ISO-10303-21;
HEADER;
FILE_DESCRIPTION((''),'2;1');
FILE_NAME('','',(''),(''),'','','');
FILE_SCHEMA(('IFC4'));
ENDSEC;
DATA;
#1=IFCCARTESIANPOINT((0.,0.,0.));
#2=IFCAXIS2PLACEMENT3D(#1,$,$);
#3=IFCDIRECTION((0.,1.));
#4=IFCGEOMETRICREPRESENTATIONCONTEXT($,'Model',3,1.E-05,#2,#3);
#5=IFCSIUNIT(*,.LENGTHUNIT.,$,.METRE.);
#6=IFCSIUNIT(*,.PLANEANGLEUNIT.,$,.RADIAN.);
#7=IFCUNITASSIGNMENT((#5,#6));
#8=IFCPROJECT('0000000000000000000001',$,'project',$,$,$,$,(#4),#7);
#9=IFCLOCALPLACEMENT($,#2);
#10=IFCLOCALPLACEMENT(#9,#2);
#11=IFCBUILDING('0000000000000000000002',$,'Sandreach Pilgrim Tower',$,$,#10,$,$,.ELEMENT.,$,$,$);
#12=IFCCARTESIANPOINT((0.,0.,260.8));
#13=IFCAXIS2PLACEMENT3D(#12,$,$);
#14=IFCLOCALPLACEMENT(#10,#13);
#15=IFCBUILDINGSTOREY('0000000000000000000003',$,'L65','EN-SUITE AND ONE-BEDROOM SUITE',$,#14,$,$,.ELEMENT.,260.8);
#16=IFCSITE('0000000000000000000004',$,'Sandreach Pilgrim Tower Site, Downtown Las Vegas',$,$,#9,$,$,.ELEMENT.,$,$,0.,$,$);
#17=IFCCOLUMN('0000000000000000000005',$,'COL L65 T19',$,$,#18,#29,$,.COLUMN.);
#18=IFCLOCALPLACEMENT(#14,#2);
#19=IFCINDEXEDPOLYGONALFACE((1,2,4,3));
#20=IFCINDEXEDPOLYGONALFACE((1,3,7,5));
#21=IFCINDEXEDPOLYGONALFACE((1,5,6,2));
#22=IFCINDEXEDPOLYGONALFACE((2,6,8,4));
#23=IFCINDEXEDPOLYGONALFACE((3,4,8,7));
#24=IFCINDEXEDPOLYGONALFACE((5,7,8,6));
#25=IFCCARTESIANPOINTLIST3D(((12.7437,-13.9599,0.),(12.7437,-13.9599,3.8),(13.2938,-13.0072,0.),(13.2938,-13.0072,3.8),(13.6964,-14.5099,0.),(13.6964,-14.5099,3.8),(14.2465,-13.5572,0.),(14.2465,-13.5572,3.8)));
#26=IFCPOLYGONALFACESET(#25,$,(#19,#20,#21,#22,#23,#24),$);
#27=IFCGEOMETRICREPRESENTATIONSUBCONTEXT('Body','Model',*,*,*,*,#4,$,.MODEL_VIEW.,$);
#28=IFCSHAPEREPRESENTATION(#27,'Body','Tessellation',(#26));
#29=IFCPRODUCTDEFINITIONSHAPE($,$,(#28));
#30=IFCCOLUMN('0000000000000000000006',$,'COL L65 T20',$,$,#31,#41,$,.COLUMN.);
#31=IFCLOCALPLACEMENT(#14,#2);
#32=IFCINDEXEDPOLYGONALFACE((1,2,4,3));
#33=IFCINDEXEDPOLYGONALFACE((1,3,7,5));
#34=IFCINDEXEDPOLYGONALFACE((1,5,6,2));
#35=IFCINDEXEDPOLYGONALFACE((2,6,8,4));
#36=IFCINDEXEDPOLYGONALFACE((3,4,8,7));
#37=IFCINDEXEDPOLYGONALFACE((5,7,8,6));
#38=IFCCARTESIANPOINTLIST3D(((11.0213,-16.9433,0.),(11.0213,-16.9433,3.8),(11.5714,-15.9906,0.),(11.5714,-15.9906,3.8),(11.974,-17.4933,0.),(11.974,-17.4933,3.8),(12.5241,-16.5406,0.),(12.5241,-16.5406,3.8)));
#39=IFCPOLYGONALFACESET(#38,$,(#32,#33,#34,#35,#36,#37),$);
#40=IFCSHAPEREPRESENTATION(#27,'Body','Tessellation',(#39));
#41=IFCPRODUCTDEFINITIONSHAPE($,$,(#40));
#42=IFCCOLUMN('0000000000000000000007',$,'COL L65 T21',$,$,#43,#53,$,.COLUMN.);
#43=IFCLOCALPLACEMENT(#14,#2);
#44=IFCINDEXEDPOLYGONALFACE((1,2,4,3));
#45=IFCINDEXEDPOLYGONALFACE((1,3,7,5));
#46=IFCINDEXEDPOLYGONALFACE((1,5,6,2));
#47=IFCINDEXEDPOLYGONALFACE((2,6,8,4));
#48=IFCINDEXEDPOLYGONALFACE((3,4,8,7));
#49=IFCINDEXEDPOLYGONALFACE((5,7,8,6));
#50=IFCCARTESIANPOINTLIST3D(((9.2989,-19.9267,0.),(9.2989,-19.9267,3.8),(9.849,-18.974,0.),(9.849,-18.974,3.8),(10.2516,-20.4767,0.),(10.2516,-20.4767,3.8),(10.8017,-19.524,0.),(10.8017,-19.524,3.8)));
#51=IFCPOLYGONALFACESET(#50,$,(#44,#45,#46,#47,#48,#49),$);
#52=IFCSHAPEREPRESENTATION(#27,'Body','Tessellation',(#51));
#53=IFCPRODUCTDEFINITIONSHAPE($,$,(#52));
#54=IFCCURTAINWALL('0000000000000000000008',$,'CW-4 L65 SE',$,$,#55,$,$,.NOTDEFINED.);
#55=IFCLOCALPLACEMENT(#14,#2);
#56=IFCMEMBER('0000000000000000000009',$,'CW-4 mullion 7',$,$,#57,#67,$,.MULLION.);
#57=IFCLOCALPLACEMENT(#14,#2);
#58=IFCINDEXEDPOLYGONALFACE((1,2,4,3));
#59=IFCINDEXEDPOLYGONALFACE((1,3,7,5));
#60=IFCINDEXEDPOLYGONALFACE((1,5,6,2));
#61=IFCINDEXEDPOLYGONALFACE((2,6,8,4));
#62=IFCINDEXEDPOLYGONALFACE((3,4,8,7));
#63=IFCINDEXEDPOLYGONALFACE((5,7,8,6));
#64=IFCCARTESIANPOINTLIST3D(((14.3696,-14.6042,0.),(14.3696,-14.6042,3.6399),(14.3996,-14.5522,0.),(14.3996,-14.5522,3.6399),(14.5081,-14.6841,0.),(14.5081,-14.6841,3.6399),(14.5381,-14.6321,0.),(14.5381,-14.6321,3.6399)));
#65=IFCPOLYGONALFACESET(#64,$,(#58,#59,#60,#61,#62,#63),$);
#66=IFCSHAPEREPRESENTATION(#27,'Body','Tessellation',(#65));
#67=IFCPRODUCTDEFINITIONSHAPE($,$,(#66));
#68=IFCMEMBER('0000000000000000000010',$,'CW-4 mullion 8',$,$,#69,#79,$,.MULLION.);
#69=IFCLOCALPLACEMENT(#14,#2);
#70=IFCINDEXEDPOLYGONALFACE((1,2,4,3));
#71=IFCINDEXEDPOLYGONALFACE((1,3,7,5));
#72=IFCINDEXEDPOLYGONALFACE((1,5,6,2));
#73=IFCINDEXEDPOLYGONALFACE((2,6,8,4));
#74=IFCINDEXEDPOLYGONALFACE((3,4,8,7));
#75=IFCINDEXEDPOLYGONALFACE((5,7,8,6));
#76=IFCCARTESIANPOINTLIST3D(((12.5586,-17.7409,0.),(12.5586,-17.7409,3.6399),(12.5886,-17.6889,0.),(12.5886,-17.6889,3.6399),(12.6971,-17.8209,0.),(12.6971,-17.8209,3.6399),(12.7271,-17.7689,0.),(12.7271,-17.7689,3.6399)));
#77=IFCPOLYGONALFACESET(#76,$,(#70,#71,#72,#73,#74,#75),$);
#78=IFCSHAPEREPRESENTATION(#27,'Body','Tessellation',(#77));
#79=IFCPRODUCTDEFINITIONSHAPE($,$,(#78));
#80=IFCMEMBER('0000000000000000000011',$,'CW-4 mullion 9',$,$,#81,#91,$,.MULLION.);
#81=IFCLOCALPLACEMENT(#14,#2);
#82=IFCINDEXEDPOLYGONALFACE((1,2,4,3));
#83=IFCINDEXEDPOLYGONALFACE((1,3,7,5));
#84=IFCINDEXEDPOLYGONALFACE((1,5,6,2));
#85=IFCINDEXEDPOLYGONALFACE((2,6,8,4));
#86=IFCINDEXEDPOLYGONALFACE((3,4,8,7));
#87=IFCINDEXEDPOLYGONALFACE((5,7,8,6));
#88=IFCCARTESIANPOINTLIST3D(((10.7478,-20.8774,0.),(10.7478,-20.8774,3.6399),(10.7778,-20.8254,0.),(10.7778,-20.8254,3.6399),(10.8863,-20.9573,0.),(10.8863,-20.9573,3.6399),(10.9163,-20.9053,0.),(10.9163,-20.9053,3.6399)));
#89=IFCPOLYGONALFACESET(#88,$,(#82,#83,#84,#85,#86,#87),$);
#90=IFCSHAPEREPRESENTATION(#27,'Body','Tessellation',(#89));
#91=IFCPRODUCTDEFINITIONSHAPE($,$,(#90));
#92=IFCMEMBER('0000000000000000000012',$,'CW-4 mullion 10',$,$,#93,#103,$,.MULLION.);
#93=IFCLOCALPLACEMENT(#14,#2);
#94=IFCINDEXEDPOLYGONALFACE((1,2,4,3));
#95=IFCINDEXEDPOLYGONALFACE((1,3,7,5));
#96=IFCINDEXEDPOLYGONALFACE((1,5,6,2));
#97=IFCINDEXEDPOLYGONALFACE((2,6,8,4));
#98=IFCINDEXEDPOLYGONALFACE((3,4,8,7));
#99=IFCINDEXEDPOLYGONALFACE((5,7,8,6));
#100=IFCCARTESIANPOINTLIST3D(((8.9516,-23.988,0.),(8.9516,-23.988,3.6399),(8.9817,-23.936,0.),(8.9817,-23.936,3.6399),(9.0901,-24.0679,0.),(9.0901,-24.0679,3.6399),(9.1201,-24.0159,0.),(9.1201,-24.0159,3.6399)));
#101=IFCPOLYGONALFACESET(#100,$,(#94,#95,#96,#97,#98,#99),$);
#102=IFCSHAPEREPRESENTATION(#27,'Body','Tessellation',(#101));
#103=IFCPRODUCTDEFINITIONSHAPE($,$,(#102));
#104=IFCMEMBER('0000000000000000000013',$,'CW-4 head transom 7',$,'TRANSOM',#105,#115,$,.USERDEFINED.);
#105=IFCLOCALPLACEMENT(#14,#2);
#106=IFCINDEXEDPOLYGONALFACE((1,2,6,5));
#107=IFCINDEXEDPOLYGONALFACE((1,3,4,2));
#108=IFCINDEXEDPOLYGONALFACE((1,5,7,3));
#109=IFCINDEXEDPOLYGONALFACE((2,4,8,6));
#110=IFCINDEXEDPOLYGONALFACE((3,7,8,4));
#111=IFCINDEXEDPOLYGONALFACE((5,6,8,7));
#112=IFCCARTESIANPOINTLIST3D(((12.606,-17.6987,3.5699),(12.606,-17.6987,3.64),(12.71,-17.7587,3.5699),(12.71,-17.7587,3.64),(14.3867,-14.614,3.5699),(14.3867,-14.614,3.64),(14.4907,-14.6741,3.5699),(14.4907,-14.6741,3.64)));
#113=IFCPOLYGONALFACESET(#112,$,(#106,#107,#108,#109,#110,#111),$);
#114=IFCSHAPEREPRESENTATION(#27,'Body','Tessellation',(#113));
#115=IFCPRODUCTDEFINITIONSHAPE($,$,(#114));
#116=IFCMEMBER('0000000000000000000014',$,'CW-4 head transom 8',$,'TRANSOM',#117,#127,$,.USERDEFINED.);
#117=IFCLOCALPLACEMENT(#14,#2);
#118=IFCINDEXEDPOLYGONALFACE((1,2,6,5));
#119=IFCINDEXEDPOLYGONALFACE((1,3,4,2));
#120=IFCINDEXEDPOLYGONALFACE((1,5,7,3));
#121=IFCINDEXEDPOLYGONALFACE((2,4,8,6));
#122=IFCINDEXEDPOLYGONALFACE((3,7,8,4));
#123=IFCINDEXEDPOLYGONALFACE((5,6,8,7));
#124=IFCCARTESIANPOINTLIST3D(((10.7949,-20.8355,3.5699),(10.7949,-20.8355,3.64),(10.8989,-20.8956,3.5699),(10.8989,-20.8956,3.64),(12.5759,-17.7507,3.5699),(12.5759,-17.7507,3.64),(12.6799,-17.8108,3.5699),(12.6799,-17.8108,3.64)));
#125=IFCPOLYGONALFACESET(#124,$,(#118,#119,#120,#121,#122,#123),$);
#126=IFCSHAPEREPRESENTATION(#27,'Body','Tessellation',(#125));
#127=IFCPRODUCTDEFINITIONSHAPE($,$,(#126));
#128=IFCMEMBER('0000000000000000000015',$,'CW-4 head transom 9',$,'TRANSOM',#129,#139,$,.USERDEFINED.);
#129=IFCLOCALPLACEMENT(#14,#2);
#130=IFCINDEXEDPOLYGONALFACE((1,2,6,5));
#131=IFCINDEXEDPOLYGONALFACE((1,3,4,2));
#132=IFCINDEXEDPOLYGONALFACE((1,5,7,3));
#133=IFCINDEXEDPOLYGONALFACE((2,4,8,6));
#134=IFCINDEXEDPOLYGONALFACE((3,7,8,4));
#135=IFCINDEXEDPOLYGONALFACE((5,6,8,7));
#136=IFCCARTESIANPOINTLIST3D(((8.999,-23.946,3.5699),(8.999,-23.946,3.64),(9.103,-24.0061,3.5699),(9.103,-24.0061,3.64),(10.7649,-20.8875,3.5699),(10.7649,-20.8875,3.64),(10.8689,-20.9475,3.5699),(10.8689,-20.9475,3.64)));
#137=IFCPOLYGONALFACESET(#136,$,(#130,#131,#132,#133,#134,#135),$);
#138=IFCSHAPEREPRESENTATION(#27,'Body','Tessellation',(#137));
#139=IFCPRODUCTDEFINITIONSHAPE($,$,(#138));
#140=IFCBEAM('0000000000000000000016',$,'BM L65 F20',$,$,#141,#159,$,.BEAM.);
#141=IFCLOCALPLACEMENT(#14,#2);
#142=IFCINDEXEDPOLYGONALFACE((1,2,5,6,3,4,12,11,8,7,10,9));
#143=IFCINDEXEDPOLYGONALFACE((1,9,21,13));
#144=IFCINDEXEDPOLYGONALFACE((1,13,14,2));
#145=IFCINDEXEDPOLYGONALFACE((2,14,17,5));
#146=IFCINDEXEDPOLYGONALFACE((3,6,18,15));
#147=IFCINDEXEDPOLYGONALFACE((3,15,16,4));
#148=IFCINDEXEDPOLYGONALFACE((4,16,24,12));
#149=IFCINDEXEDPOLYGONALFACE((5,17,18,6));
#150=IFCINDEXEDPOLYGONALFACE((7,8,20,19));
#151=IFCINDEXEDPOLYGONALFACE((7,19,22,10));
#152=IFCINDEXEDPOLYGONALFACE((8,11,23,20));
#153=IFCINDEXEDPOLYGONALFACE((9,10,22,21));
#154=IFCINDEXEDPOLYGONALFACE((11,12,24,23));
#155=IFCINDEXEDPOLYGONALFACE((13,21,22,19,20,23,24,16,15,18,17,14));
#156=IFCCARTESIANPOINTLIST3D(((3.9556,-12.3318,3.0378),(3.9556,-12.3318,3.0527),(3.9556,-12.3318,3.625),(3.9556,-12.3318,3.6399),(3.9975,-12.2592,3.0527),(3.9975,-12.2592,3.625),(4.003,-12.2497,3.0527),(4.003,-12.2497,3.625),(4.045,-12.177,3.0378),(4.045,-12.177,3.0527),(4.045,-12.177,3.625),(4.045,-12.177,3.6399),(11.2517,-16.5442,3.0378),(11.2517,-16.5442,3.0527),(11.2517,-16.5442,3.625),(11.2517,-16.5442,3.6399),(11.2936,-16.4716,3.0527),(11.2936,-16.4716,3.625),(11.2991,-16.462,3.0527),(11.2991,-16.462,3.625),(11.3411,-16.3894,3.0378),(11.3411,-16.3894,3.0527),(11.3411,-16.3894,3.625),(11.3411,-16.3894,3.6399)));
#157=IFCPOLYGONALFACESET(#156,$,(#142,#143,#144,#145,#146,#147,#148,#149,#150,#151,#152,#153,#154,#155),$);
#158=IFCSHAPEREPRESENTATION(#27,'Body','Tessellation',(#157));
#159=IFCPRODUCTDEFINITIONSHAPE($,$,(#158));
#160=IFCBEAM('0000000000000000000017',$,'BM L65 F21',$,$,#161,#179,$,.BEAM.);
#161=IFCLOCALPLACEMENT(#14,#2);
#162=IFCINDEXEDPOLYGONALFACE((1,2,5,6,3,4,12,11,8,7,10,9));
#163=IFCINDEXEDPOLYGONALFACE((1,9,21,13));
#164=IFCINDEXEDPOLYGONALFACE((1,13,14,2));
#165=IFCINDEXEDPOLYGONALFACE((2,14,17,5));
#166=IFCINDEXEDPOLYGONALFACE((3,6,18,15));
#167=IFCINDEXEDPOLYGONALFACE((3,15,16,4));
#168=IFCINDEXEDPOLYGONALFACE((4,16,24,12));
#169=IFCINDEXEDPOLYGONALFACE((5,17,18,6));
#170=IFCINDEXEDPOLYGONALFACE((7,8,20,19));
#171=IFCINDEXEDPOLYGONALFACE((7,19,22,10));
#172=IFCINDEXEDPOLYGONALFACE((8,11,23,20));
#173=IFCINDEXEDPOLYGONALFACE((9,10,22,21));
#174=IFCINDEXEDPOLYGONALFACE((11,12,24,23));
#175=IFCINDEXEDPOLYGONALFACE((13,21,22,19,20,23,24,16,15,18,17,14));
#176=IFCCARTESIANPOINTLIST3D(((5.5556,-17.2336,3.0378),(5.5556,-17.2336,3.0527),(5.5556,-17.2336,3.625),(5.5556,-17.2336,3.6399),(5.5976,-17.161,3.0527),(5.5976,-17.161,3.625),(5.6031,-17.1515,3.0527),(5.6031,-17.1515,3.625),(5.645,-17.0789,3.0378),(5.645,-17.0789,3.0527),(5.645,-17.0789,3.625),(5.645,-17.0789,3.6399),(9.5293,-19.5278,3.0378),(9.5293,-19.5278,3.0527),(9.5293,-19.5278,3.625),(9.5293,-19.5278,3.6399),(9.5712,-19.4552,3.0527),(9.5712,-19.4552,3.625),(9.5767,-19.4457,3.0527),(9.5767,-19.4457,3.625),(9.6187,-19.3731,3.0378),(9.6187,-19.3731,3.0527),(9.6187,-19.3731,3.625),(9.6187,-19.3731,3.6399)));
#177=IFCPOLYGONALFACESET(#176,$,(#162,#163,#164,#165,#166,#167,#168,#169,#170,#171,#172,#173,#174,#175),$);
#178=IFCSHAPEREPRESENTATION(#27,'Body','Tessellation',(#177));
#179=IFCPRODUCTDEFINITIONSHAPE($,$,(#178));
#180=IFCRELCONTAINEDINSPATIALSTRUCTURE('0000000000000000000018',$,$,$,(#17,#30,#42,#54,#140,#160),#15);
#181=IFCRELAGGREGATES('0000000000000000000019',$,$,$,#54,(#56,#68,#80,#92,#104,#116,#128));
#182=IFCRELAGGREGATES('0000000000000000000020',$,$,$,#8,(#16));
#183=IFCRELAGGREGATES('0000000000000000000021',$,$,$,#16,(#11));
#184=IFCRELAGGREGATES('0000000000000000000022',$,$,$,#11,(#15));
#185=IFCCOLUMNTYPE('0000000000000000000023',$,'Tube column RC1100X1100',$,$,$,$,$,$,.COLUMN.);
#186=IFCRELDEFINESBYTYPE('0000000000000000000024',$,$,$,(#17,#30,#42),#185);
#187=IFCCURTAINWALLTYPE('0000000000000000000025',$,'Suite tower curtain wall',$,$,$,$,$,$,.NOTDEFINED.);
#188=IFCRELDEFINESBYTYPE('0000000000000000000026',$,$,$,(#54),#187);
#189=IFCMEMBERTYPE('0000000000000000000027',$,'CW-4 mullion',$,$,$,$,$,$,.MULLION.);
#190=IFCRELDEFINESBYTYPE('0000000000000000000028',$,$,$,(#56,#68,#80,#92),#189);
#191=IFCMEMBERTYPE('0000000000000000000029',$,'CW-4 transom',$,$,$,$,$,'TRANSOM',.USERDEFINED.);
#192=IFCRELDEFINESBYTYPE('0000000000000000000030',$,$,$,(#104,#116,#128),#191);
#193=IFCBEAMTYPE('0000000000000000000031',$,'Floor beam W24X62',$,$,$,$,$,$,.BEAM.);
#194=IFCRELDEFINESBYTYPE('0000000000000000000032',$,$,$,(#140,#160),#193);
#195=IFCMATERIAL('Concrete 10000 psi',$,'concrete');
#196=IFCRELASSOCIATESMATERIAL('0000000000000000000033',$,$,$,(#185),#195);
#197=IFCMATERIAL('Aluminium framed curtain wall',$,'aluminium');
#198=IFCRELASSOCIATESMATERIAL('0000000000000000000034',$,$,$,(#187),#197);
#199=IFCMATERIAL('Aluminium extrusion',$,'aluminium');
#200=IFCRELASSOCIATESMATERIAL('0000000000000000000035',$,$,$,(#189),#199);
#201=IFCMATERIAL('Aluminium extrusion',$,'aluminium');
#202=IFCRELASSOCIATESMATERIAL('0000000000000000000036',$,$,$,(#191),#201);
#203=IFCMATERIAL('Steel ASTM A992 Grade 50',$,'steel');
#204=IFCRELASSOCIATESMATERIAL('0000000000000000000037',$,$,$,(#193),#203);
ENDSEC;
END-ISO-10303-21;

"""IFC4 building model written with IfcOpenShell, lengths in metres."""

from ifc_helpers import new_model, si_unit, direction, frame, origin, origin_2d, place, context, subcontext, project, spatial, rectangle, i_section, extrude, material, material_profile, profile_set, type_object, element, aggregate, save


model = new_model("IFC4")

# Units and contexts
model_context = context("Model", 3, precision=1e-05, world=origin(), true_north=direction((0.0, 1.0)))
body_context = subcontext(model_context, "Body", "Model", "MODEL_VIEW")
ifc_project = project(units=[si_unit("LENGTHUNIT", "METRE"), si_unit("PLANEANGLEUNIT", "RADIAN")], contexts=[model_context])

# Site, building, storey
site_placement = place(None, origin())
site = spatial("IfcSite", under=ifc_project, at=site_placement, Name="Sandreach Pilgrim Tower Site, Downtown Las Vegas", CompositionType="ELEMENT", RefElevation=0.0)
building_placement = place(site_placement, origin())
building = spatial("IfcBuilding", under=site, at=building_placement, Name="Sandreach Pilgrim Tower", CompositionType="ELEMENT")
storey_placement = place(building_placement, frame((0.0, 0.0, 260.8)))
storey = spatial("IfcBuildingStorey", under=building, at=storey_placement, Name="L65", Description="EN-SUITE AND ONE-BEDROOM SUITE", CompositionType="ELEMENT", Elevation=260.8)

# Columns
ifc_material_1 = material(Name="Concrete 10000 psi", Category="concrete")
ifc_material_profile_1 = material_profile(ifc_material_1, rectangle(XDim=1.1001, YDim=1.1001, at=origin_2d()), Name="RC1100X1100")
ifc_profile_set_1 = profile_set([ifc_material_profile_1], Name="Concrete 10000 psi")
column_type = type_object("IfcColumnType", Name="Tube column RC1100X1100", PredefinedType="COLUMN", material=ifc_profile_set_1)
for number, where, z_axis, x_axis, name in (
    (1, (13.4951, -13.7585, 0.0), (0.0, 0.0, 1.0), (0.866025, -0.5, 0.0), "COL L65 T19"),
    (2, (11.7727, -16.7419, 0.0), (0.0, 0.0, 1.0), (0.866025, -0.5, 0.0), "COL L65 T20"),
    (3, (10.0503, -19.7253, 0.0), (0.0, 0.0, 1.0), (0.866025, -0.5, 0.0), "COL L65 T21"),
):
    element("IfcColumn", number, at=place(storey_placement, frame(where, z_axis=z_axis, x_axis=x_axis)), inside=storey, type_object=column_type, Name=name, PredefinedType="COLUMN", context=body_context, shape_type="SweptSolid", body=[
        extrude(rectangle(XDim=1.1001, YDim=1.1001, at=origin_2d()), origin(), (0.0, 0.0, 1.0), 3.8),
    ])

# Curtain wall, members
ifc_material_2 = material(Name="Aluminium framed curtain wall", Category="aluminium")
curtain_wall_type = type_object("IfcCurtainWallType", Name="Suite tower curtain wall", PredefinedType="NOTDEFINED", material=ifc_material_2)
curtain_wall_placement = place(storey_placement, origin())
curtain_wall = element("IfcCurtainWall", 4, at=curtain_wall_placement, inside=storey, type_object=curtain_wall_type, Name="CW-4 L65 SE", PredefinedType="NOTDEFINED")
ifc_material_3 = material(Name="Aluminium extrusion", Category="aluminium")
ifc_material_profile_2 = material_profile(ifc_material_3, rectangle(XDim=0.0601, YDim=0.1599, at=origin_2d()), Name="CW-4M 60X160")
ifc_profile_set_2 = profile_set([ifc_material_profile_2], Name="Aluminium extrusion")
member_type_1 = type_object("IfcMemberType", Name="CW-4 mullion", PredefinedType="MULLION", material=ifc_profile_set_2)
member_1_placement = place(storey_placement, frame((14.4539, -14.6182, 0.0), z_axis=(0.0, 0.0, 1.0), x_axis=(-0.5, -0.866025, 0.0)))
member_1 = element("IfcMember", 5, at=member_1_placement, type_object=member_type_1, Name="CW-4 mullion 7", PredefinedType="MULLION", context=body_context, shape_type="SweptSolid", body=[
    extrude(rectangle(XDim=0.0601, YDim=0.1599, at=origin_2d()), origin(), (0.0, 0.0, 1.0), 3.6399),
])
member_2_placement = place(storey_placement, frame((12.6428, -17.7549, 0.0), z_axis=(0.0, 0.0, 1.0), x_axis=(-0.5, -0.866025, 0.0)))
member_2 = element("IfcMember", 6, at=member_2_placement, type_object=member_type_1, Name="CW-4 mullion 8", PredefinedType="MULLION", context=body_context, shape_type="SweptSolid", body=[
    extrude(rectangle(XDim=0.0601, YDim=0.1599, at=origin_2d()), origin(), (0.0, 0.0, 1.0), 3.6399),
])
member_3_placement = place(storey_placement, frame((10.832, -20.8914, 0.0), z_axis=(0.0, 0.0, 1.0), x_axis=(-0.5, -0.866025, 0.0)))
member_3 = element("IfcMember", 7, at=member_3_placement, type_object=member_type_1, Name="CW-4 mullion 9", PredefinedType="MULLION", context=body_context, shape_type="SweptSolid", body=[
    extrude(rectangle(XDim=0.0601, YDim=0.1599, at=origin_2d()), origin(), (0.0, 0.0, 1.0), 3.6399),
])
member_4_placement = place(storey_placement, frame((9.0359, -24.002, 0.0), z_axis=(0.0, 0.0, 1.0), x_axis=(-0.5, -0.866025, 0.0)))
member_4 = element("IfcMember", 8, at=member_4_placement, type_object=member_type_1, Name="CW-4 mullion 10", PredefinedType="MULLION", context=body_context, shape_type="SweptSolid", body=[
    extrude(rectangle(XDim=0.0601, YDim=0.1599, at=origin_2d()), origin(), (0.0, 0.0, 1.0), 3.6399),
])
ifc_material_4 = material(Name="Aluminium extrusion", Category="aluminium")
ifc_material_profile_3 = material_profile(ifc_material_4, rectangle(XDim=0.1201, YDim=0.0701, at=origin_2d()), Name="CW-4T 120X70")
ifc_profile_set_3 = profile_set([ifc_material_profile_3], Name="Aluminium extrusion")
member_type_2 = type_object("IfcMemberType", Name="CW-4 transom", ElementType="TRANSOM", PredefinedType="USERDEFINED", material=ifc_profile_set_3)
member_5_placement = place(storey_placement, frame((14.4387, -14.644, 3.605), z_axis=(-0.499958, -0.86605, 0.0), x_axis=(0.86605, -0.499958, 0.0)))
member_5 = element("IfcMember", 9, at=member_5_placement, type_object=member_type_2, Name="CW-4 head transom 7", ObjectType="TRANSOM", PredefinedType="USERDEFINED", context=body_context, shape_type="SweptSolid", body=[
    extrude(rectangle(XDim=0.1201, YDim=0.0701, at=origin_2d()), origin(), (0.0, 0.0, 1.0), 3.5618),
])
member_6_placement = place(storey_placement, frame((12.6279, -17.7808, 3.605), z_axis=(-0.500009, -0.86602, 0.0), x_axis=(0.86602, -0.500009, 0.0)))
member_6 = element("IfcMember", 10, at=member_6_placement, type_object=member_type_2, Name="CW-4 head transom 8", ObjectType="TRANSOM", PredefinedType="USERDEFINED", context=body_context, shape_type="SweptSolid", body=[
    extrude(rectangle(XDim=0.1201, YDim=0.0701, at=origin_2d()), origin(), (0.0, 0.0, 1.0), 3.562),
])
member_7_placement = place(storey_placement, frame((10.8169, -20.9175, 3.605), z_axis=(-0.499998, -0.866027, 0.0), x_axis=(0.866027, -0.499998, 0.0)))
member_7 = element("IfcMember", 11, at=member_7_placement, type_object=member_type_2, Name="CW-4 head transom 9", ObjectType="TRANSOM", PredefinedType="USERDEFINED", context=body_context, shape_type="SweptSolid", body=[
    extrude(rectangle(XDim=0.1201, YDim=0.0701, at=origin_2d()), origin(), (0.0, 0.0, 1.0), 3.5317),
])

# Beams
ifc_material_5 = material(Name="Steel ASTM A992 Grade 50", Category="steel")
ifc_material_profile_4 = material_profile(ifc_material_5, i_section(OverallWidth=0.1787, OverallDepth=0.6021, WebThickness=0.011, FlangeThickness=0.0149, at=origin_2d()), Name="W24X62")
ifc_profile_set_4 = profile_set([ifc_material_profile_4], Name="Steel ASTM A992 Grade 50")
beam_type_1 = type_object("IfcBeamType", Name="Floor beam W24X62", PredefinedType="BEAM", material=ifc_profile_set_4)
beam_1_placement = place(storey_placement, frame((11.2964, -16.4668, 3.3389), z_axis=(-0.866027, 0.499998, 0.0), x_axis=(-0.499998, -0.866027, 0.0)))
element("IfcBeam", 12, at=beam_1_placement, inside=storey, type_object=beam_type_1, Name="BM L65 F20", PredefinedType="BEAM", context=body_context, shape_type="SweptSolid", body=[
    extrude(i_section(OverallWidth=0.1787, OverallDepth=0.6021, WebThickness=0.011, FlangeThickness=0.0149, at=origin_2d()), origin(), (0.0, 0.0, 1.0), 8.4248),
])
beam_2_placement = place(storey_placement, frame((9.574, -19.4504, 3.3389), z_axis=(-0.866024, 0.500002, 0.0), x_axis=(-0.500002, -0.866024, 0.0)))
element("IfcBeam", 13, at=beam_2_placement, inside=storey, type_object=beam_type_1, Name="BM L65 F21", PredefinedType="BEAM", context=body_context, shape_type="SweptSolid", body=[
    extrude(i_section(OverallWidth=0.1787, OverallDepth=0.6021, WebThickness=0.011, FlangeThickness=0.0149, at=origin_2d()), origin(), (0.0, 0.0, 1.0), 4.5884),
])

aggregate(curtain_wall, [member_1, member_2, member_3, member_4, member_5, member_6, member_7])

save(model, "model.ifc")
